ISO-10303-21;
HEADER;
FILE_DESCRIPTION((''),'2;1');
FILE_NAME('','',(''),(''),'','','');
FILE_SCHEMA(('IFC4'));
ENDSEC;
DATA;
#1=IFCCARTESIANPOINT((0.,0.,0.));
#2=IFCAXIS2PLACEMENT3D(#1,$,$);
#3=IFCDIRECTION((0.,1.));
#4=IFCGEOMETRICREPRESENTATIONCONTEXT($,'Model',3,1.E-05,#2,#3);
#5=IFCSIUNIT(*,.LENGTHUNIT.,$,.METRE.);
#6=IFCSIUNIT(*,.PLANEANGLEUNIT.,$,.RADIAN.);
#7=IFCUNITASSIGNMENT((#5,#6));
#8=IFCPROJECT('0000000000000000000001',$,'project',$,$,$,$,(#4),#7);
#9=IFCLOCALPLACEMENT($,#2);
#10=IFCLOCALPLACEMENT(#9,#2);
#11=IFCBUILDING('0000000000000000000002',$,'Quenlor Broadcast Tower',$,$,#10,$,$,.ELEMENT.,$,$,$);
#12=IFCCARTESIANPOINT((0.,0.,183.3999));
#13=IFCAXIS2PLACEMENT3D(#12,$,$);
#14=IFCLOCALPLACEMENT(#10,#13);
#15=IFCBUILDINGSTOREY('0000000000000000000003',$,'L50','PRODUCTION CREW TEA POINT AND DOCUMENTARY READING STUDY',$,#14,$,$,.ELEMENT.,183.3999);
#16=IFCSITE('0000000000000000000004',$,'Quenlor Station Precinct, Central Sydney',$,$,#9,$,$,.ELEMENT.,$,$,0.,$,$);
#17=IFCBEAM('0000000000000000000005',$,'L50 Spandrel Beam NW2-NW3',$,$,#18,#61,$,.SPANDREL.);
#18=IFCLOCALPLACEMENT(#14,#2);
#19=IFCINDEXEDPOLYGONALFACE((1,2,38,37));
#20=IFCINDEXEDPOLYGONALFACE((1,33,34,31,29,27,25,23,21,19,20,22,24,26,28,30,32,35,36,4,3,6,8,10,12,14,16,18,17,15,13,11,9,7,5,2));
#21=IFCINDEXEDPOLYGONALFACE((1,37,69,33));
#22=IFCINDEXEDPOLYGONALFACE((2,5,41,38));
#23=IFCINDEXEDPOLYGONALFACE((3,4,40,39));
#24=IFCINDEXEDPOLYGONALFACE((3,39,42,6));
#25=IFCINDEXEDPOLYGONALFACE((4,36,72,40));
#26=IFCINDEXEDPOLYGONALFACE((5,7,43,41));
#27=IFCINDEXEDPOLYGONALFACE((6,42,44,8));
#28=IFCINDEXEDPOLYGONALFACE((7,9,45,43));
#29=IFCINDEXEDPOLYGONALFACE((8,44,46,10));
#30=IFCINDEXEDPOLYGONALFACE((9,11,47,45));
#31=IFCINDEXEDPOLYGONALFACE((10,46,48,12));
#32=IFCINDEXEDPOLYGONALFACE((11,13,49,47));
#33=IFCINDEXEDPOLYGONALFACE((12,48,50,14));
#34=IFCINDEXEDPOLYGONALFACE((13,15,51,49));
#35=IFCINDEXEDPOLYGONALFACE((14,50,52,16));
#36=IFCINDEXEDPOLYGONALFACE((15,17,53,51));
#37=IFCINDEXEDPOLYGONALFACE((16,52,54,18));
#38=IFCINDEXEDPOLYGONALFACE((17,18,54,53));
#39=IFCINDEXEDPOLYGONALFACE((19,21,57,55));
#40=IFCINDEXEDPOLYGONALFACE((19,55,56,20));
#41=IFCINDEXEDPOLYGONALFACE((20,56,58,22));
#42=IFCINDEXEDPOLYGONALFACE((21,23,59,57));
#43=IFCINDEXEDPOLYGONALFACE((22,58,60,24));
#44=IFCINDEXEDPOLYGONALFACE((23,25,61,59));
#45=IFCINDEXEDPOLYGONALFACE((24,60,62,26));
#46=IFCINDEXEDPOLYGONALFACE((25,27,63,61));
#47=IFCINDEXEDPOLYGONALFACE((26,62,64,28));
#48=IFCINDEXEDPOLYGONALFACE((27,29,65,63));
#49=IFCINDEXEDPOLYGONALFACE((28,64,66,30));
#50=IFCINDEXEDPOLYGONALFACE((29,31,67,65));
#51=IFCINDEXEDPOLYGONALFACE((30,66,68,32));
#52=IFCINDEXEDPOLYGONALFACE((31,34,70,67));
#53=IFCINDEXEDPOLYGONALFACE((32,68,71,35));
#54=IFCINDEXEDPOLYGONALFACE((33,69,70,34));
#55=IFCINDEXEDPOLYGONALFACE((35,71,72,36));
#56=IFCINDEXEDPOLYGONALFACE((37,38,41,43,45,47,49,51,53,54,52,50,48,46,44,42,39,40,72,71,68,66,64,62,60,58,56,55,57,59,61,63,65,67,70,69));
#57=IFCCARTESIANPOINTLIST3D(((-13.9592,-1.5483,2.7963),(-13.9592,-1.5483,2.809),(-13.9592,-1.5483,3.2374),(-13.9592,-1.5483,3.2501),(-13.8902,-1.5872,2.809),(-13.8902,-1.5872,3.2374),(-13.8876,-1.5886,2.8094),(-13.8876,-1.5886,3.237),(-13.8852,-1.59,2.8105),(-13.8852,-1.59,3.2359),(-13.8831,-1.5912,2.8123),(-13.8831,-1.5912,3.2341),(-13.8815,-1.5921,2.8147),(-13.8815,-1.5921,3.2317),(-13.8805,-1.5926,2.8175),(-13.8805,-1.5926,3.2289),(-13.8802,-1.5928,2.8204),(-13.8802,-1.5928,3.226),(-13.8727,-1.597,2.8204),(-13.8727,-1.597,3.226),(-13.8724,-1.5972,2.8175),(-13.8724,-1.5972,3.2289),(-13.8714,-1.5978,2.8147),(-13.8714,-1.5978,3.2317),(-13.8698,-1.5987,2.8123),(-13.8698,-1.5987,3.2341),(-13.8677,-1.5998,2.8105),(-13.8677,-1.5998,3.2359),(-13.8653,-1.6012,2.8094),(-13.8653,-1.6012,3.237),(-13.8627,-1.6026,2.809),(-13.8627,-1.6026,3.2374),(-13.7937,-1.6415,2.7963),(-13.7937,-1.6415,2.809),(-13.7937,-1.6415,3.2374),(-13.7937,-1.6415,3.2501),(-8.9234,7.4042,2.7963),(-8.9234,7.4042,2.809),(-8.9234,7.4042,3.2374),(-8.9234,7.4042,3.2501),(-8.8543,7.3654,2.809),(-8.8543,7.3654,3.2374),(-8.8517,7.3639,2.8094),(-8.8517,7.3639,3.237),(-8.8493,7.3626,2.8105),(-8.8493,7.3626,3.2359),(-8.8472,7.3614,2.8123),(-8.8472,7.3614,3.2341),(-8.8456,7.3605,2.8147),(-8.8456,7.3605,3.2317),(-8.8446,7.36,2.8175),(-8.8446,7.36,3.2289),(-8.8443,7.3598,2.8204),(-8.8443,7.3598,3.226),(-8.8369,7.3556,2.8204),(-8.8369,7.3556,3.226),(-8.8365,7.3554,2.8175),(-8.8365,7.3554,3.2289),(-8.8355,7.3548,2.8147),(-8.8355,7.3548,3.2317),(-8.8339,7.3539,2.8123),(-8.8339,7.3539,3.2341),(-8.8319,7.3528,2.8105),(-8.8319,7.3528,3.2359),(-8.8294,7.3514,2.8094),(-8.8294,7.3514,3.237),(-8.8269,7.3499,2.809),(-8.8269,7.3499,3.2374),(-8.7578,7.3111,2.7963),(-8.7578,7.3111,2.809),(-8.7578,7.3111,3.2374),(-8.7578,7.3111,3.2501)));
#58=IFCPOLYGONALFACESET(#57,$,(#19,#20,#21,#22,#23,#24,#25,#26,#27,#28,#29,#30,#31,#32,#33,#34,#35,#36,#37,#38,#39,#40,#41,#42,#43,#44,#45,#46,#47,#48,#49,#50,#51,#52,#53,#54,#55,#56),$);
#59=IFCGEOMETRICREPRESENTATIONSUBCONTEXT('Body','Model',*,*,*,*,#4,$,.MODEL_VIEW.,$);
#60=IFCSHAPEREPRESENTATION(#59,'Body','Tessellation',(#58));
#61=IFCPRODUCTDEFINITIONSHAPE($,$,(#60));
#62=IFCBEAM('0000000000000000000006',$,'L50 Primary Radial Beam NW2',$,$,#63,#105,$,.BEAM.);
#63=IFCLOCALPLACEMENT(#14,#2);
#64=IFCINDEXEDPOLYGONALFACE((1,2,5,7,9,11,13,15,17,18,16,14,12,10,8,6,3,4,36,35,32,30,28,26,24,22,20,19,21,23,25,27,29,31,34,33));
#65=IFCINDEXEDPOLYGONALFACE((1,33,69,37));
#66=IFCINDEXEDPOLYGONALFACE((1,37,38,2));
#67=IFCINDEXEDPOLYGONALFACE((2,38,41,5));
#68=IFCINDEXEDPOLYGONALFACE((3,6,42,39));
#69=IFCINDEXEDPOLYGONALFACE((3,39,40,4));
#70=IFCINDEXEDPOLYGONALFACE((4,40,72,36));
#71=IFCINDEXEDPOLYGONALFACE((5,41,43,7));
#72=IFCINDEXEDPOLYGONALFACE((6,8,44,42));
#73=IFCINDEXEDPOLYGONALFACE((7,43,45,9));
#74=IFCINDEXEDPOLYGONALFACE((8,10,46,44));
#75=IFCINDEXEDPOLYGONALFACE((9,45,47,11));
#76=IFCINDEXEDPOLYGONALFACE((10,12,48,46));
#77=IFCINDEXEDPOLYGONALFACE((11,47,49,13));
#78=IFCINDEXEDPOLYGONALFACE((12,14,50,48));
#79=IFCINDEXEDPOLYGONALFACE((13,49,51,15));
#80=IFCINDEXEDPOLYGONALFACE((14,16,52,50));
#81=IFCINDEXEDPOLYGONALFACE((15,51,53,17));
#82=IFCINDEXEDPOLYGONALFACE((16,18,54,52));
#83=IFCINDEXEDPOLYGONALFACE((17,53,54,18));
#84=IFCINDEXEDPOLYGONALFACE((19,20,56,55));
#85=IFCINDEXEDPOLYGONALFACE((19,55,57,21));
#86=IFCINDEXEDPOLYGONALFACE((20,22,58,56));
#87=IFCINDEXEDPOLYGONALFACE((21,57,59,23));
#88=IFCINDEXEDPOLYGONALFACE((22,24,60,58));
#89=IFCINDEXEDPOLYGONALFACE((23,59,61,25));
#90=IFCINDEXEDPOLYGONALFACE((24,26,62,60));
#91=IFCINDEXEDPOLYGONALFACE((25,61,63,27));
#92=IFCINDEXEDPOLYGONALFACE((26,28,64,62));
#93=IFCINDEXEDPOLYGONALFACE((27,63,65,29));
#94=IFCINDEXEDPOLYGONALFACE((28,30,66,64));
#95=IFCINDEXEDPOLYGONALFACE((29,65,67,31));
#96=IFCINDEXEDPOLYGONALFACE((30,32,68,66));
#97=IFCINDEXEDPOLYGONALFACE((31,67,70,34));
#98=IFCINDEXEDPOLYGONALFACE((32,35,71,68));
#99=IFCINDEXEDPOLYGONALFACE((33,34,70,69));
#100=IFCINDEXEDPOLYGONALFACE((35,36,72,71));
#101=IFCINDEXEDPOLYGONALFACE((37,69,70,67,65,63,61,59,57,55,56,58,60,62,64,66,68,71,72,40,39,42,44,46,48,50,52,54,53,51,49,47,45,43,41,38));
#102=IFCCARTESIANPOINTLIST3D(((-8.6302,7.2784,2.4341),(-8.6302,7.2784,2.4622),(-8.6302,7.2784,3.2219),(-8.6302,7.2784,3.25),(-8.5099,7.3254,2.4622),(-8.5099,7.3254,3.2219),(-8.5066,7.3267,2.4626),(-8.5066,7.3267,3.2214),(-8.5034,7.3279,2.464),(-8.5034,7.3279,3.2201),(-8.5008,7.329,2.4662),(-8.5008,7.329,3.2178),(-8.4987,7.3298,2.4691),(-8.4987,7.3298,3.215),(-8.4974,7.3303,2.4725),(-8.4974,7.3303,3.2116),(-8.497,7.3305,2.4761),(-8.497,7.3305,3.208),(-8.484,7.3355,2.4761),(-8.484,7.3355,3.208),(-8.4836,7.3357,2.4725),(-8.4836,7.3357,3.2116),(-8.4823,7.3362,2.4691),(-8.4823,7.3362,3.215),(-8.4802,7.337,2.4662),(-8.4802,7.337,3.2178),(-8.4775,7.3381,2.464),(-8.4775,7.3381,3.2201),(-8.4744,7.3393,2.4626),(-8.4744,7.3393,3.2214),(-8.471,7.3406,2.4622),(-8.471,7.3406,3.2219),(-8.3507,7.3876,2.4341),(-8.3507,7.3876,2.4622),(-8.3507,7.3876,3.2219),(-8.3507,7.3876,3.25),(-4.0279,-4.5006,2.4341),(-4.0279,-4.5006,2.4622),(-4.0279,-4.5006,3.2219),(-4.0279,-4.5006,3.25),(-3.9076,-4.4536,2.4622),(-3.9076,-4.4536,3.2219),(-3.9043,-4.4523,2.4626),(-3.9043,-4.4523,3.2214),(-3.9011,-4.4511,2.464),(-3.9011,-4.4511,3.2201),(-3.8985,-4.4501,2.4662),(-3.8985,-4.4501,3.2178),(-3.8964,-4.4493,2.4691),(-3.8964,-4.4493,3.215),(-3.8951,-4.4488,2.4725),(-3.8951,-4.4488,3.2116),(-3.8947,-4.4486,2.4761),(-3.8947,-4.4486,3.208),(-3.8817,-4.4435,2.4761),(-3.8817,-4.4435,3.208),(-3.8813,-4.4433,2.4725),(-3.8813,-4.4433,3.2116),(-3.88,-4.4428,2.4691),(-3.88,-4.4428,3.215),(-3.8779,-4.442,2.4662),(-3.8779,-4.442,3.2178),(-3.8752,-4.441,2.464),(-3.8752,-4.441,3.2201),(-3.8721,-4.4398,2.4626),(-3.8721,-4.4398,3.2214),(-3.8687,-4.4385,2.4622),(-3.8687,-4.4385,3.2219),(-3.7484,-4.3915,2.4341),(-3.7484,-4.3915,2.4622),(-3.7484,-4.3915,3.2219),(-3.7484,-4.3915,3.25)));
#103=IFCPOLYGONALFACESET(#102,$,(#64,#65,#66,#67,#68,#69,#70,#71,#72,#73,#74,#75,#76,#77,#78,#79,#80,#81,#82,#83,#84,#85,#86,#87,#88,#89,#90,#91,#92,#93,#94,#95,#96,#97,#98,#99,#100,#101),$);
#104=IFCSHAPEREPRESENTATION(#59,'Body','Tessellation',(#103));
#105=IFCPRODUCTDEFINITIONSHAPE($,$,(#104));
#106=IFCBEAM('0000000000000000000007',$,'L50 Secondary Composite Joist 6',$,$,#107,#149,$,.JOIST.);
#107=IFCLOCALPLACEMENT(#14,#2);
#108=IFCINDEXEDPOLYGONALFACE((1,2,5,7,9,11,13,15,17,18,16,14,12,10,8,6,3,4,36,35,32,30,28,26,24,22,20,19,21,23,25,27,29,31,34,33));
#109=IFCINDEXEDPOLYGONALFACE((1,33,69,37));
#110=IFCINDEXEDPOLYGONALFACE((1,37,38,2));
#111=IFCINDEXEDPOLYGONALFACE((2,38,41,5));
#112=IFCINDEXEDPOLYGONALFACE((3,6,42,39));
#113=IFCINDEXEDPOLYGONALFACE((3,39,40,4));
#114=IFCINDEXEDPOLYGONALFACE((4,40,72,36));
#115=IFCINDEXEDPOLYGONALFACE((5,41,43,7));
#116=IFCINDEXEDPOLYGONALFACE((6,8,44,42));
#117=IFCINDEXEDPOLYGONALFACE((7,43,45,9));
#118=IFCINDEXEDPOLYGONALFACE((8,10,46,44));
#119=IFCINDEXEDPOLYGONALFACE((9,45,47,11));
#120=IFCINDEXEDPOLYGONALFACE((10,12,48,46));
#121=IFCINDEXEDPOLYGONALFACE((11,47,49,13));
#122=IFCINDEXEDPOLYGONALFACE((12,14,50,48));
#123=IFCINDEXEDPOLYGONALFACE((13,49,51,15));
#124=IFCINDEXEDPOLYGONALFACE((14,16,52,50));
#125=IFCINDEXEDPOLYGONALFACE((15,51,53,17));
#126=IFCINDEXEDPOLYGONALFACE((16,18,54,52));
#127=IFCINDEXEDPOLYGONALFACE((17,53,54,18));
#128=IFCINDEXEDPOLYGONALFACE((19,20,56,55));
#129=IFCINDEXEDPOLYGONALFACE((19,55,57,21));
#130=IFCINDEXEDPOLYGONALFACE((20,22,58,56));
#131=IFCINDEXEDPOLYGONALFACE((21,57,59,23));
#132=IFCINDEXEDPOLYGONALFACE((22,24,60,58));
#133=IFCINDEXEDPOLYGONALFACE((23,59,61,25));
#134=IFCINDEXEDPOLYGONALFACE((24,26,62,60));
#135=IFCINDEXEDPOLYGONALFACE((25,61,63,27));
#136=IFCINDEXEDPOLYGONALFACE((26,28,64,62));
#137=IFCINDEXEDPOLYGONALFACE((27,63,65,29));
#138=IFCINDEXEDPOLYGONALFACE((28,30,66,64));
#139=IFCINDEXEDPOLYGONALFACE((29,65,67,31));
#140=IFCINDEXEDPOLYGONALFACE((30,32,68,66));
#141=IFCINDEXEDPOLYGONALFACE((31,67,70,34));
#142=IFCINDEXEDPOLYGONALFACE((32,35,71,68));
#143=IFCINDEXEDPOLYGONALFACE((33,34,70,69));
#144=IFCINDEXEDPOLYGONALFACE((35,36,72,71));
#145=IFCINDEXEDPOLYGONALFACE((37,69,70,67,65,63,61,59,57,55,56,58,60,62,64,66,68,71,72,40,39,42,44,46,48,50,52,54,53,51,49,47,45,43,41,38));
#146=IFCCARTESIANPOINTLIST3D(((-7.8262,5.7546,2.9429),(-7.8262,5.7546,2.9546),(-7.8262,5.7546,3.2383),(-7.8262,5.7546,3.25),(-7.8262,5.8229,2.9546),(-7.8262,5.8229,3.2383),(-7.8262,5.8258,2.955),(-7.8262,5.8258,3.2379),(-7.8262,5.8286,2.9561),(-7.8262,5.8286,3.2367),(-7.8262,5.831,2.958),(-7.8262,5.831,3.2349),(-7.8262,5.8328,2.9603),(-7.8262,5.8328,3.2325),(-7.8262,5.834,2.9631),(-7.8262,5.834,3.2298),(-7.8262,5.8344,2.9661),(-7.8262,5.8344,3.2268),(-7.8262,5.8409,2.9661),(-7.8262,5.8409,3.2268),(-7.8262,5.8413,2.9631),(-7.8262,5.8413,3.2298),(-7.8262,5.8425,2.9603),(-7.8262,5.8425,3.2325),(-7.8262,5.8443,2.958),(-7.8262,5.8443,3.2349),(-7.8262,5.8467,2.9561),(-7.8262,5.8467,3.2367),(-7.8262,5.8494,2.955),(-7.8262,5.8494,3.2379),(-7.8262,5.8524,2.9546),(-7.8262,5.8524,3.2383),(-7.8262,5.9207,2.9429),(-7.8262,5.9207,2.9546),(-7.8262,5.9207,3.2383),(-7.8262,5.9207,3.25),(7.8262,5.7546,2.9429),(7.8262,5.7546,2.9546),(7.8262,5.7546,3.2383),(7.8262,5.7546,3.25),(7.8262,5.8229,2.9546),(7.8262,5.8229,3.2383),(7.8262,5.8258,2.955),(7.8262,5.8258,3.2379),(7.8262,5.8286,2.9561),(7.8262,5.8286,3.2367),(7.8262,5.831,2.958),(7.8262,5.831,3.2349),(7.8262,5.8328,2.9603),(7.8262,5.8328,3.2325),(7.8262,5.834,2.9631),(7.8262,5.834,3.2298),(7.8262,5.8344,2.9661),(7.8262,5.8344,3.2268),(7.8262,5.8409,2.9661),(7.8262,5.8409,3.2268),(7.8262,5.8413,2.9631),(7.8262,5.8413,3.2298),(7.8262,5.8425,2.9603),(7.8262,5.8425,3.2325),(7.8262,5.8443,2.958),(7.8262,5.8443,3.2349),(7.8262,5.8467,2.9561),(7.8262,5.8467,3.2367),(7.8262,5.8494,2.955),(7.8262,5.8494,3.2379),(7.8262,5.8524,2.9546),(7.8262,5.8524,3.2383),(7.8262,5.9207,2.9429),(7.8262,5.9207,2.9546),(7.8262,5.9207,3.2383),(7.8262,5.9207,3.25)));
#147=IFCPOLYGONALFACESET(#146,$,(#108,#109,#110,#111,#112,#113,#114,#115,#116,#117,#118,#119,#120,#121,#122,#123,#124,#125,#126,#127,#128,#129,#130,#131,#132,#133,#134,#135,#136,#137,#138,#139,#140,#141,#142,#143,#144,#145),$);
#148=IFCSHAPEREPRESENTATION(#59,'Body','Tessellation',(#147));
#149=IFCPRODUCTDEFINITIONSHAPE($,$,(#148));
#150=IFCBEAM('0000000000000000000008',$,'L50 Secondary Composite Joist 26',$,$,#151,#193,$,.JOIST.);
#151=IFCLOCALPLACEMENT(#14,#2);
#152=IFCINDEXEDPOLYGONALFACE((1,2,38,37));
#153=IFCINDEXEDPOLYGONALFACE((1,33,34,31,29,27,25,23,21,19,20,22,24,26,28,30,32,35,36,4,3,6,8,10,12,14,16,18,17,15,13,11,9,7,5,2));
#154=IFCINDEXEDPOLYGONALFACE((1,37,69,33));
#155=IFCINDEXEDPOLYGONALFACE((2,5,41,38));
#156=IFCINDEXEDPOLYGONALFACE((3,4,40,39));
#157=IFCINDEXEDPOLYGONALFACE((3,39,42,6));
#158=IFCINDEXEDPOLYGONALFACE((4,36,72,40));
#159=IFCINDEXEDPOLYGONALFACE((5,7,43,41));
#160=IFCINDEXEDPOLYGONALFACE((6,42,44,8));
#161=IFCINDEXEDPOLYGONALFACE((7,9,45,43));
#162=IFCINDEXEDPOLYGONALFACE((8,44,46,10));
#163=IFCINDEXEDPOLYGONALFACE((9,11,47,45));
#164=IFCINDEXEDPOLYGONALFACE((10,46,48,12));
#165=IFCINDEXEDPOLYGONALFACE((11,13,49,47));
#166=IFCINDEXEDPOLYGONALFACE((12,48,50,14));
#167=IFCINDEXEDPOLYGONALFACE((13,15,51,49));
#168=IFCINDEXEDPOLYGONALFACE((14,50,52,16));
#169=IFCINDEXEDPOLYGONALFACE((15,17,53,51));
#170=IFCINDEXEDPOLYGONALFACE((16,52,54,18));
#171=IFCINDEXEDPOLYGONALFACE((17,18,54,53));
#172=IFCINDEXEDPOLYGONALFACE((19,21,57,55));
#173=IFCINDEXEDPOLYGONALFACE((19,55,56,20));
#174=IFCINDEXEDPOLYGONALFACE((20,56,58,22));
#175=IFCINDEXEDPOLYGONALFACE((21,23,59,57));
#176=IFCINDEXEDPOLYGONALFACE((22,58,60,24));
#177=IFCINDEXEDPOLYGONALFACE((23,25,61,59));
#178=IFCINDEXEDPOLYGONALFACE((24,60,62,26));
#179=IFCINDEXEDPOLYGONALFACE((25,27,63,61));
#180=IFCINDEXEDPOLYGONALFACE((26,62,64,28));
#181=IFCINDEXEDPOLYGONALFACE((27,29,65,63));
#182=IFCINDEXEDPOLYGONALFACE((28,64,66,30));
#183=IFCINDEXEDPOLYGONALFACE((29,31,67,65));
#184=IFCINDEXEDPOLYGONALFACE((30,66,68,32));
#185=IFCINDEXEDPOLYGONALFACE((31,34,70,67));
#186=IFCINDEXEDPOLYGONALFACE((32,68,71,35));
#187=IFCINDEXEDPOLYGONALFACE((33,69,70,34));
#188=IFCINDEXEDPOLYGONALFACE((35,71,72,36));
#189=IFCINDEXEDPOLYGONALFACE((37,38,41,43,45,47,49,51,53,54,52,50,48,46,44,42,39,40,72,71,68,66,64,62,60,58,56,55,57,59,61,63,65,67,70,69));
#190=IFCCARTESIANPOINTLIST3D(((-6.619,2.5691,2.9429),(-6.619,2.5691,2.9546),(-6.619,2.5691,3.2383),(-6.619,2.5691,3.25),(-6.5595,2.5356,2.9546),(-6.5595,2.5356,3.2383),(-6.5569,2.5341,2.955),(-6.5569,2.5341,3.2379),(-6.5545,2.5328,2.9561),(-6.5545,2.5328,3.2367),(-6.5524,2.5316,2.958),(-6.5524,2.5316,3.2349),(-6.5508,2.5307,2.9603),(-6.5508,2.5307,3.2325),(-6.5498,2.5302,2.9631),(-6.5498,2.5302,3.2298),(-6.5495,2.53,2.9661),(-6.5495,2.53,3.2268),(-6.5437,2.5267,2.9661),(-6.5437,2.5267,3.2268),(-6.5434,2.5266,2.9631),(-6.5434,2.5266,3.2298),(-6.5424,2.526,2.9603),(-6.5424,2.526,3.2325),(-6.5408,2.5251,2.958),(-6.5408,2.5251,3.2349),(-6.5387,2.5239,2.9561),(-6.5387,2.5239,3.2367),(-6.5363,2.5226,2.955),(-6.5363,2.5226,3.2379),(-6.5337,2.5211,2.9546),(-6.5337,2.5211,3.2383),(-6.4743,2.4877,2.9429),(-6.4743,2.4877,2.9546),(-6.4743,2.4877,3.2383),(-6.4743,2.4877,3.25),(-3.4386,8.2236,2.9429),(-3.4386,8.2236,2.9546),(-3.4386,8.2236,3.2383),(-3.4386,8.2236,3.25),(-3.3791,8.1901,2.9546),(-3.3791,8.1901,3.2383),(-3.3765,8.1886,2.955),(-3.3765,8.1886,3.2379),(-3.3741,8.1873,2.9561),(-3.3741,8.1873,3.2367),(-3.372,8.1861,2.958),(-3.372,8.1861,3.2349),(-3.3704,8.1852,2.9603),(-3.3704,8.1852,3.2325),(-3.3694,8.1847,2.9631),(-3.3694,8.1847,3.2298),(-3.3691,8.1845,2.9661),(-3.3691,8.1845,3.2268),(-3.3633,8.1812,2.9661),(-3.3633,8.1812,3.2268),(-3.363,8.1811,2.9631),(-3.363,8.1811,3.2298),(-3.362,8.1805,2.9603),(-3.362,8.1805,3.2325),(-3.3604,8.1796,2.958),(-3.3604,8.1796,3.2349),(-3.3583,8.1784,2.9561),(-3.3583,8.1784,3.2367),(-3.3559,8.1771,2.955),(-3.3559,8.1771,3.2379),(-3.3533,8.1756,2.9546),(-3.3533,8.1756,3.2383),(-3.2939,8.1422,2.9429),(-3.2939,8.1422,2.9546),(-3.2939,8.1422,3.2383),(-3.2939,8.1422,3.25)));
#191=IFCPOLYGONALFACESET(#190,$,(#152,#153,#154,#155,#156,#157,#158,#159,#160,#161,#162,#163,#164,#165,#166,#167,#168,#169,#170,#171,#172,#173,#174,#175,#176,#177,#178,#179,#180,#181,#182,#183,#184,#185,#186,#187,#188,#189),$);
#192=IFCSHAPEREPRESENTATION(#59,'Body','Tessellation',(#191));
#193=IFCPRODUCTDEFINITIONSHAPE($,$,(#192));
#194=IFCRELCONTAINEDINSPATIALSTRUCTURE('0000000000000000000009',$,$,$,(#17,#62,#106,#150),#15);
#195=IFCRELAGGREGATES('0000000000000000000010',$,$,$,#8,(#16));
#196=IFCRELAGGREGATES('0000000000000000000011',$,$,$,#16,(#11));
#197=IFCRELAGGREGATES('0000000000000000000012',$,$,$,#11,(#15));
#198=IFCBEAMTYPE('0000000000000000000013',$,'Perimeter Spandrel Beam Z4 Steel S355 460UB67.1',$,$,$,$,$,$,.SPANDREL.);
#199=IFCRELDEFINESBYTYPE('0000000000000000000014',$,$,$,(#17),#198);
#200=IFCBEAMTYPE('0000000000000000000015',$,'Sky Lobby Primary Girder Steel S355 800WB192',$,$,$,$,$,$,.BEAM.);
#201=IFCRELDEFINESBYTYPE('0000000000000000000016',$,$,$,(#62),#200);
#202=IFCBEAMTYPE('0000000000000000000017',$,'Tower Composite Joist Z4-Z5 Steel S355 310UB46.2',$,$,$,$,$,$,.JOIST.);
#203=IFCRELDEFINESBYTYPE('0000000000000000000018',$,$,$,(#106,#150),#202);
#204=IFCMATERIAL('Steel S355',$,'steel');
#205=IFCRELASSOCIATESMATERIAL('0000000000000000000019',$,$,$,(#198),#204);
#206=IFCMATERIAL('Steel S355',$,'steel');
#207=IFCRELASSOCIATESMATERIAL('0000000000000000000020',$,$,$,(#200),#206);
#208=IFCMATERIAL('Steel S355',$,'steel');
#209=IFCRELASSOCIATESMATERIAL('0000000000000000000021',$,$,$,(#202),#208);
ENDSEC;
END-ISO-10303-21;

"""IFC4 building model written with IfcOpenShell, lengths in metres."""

from ifc_helpers import new_model, si_unit, direction, frame, origin, origin_2d, place, context, subcontext, project, spatial, i_section, extrude, material, material_profile, profile_set, type_object, element, save


model = new_model("IFC4")

# Units and contexts
model_context = context("Model", 3, precision=1e-05, world=origin(), true_north=direction((0.0, 1.0)))
body_context = subcontext(model_context, "Body", "Model", "MODEL_VIEW")
ifc_project = project(units=[si_unit("LENGTHUNIT", "METRE"), si_unit("PLANEANGLEUNIT", "RADIAN")], contexts=[model_context])

# Site, building, storey
site_placement = place(None, origin())
site = spatial("IfcSite", under=ifc_project, at=site_placement, Name="Quenlor Station Precinct, Central Sydney", CompositionType="ELEMENT", RefElevation=0.0)
building_placement = place(site_placement, origin())
building = spatial("IfcBuilding", under=site, at=building_placement, Name="Quenlor Broadcast Tower", CompositionType="ELEMENT")
storey_placement = place(building_placement, frame((0.0, 0.0, 183.3999)))
storey = spatial("IfcBuildingStorey", under=building, at=storey_placement, Name="L50", Description="PRODUCTION CREW TEA POINT AND DOCUMENTARY READING STUDY", CompositionType="ELEMENT", Elevation=183.3999)

# Beams
ifc_material_1 = material(Name="Steel S355", Category="steel")
ifc_material_profile_1 = material_profile(ifc_material_1, i_section(OverallWidth=0.1899, OverallDepth=0.4539, WebThickness=0.0085, FlangeThickness=0.0127, FilletRadius=0.0115, at=origin_2d()))
ifc_profile_set_1 = profile_set([ifc_material_profile_1], Name="Steel S355 460UB67.1")
beam_type_1 = type_object("IfcBeamType", Name="Perimeter Spandrel Beam Z4 Steel S355 460UB67.1", PredefinedType="SPANDREL", material=ifc_profile_set_1)
beam_1_placement = place(storey_placement, frame((-8.8406, 7.3577, 3.0232), z_axis=(-0.490263, -0.871574, 0.0), x_axis=(0.871574, -0.490263, 0.0)))
element("IfcBeam", 1, at=beam_1_placement, inside=storey, type_object=beam_type_1, Name="L50 Spandrel Beam NW2-NW3", PredefinedType="SPANDREL", context=body_context, shape_type="SweptSolid", body=[
    extrude(i_section(OverallWidth=0.1899, OverallDepth=0.4539, WebThickness=0.0085, FlangeThickness=0.0127, FilletRadius=0.0115, at=origin_2d()), origin(), (0.0, 0.0, 1.0), 10.2717),
])
ifc_material_2 = material(Name="Steel S355", Category="steel")
ifc_material_profile_2 = material_profile(ifc_material_2, i_section(OverallWidth=0.3, OverallDepth=0.8159, WebThickness=0.0139, FlangeThickness=0.0281, FilletRadius=0.0139, at=origin_2d()))
ifc_profile_set_2 = profile_set([ifc_material_profile_2], Name="Steel S355 800WB192")
beam_type_2 = type_object("IfcBeamType", Name="Sky Lobby Primary Girder Steel S355 800WB192", PredefinedType="BEAM", material=ifc_profile_set_2)
beam_2_placement = place(storey_placement, frame((-8.4905, 7.333, 2.842), z_axis=(0.363926, -0.931428, 0.0), x_axis=(0.931428, 0.363926, 0.0)))
element("IfcBeam", 2, at=beam_2_placement, inside=storey, type_object=beam_type_2, Name="L50 Primary Radial Beam NW2", PredefinedType="BEAM", context=body_context, shape_type="SweptSolid", body=[
    extrude(i_section(OverallWidth=0.3, OverallDepth=0.8159, WebThickness=0.0139, FlangeThickness=0.0281, FilletRadius=0.0139, at=origin_2d()), origin(), (0.0, 0.0, 1.0), 12.6462),
])
ifc_material_3 = material(Name="Steel S355", Category="steel")
ifc_material_profile_3 = material_profile(ifc_material_3, i_section(OverallWidth=0.166, OverallDepth=0.3071, WebThickness=0.0066, FlangeThickness=0.0117, FilletRadius=0.0115, at=origin_2d()))
ifc_profile_set_3 = profile_set([ifc_material_profile_3], Name="Steel S355 310UB46.2")
beam_type_3 = type_object("IfcBeamType", Name="Tower Composite Joist Z4-Z5 Steel S355 310UB46.2", PredefinedType="JOIST", material=ifc_profile_set_3)
beam_3_placement = place(storey_placement, frame((-7.8262, 5.8376, 3.0964), z_axis=(1.0, 0.0, 0.0), x_axis=(0.0, 1.0, 0.0)))
element("IfcBeam", 3, at=beam_3_placement, inside=storey, type_object=beam_type_3, Name="L50 Secondary Composite Joist 6", PredefinedType="JOIST", context=body_context, shape_type="SweptSolid", body=[
    extrude(i_section(OverallWidth=0.166, OverallDepth=0.3071, WebThickness=0.0066, FlangeThickness=0.0117, FilletRadius=0.0115, at=origin_2d()), origin(), (0.0, 0.0, 1.0), 15.6523),
])
beam_4_placement = place(storey_placement, frame((-3.3662, 8.1829, 3.0964), z_axis=(-0.490231, -0.871593, 0.0), x_axis=(0.871593, -0.490231, 0.0)))
element("IfcBeam", 4, at=beam_4_placement, inside=storey, type_object=beam_type_3, Name="L50 Secondary Composite Joist 26", PredefinedType="JOIST", context=body_context, shape_type="SweptSolid", body=[
    extrude(i_section(OverallWidth=0.166, OverallDepth=0.3071, WebThickness=0.0066, FlangeThickness=0.0117, FilletRadius=0.0115, at=origin_2d()), origin(), (0.0, 0.0, 1.0), 6.4875),
])

save(model, "model.ifc")
